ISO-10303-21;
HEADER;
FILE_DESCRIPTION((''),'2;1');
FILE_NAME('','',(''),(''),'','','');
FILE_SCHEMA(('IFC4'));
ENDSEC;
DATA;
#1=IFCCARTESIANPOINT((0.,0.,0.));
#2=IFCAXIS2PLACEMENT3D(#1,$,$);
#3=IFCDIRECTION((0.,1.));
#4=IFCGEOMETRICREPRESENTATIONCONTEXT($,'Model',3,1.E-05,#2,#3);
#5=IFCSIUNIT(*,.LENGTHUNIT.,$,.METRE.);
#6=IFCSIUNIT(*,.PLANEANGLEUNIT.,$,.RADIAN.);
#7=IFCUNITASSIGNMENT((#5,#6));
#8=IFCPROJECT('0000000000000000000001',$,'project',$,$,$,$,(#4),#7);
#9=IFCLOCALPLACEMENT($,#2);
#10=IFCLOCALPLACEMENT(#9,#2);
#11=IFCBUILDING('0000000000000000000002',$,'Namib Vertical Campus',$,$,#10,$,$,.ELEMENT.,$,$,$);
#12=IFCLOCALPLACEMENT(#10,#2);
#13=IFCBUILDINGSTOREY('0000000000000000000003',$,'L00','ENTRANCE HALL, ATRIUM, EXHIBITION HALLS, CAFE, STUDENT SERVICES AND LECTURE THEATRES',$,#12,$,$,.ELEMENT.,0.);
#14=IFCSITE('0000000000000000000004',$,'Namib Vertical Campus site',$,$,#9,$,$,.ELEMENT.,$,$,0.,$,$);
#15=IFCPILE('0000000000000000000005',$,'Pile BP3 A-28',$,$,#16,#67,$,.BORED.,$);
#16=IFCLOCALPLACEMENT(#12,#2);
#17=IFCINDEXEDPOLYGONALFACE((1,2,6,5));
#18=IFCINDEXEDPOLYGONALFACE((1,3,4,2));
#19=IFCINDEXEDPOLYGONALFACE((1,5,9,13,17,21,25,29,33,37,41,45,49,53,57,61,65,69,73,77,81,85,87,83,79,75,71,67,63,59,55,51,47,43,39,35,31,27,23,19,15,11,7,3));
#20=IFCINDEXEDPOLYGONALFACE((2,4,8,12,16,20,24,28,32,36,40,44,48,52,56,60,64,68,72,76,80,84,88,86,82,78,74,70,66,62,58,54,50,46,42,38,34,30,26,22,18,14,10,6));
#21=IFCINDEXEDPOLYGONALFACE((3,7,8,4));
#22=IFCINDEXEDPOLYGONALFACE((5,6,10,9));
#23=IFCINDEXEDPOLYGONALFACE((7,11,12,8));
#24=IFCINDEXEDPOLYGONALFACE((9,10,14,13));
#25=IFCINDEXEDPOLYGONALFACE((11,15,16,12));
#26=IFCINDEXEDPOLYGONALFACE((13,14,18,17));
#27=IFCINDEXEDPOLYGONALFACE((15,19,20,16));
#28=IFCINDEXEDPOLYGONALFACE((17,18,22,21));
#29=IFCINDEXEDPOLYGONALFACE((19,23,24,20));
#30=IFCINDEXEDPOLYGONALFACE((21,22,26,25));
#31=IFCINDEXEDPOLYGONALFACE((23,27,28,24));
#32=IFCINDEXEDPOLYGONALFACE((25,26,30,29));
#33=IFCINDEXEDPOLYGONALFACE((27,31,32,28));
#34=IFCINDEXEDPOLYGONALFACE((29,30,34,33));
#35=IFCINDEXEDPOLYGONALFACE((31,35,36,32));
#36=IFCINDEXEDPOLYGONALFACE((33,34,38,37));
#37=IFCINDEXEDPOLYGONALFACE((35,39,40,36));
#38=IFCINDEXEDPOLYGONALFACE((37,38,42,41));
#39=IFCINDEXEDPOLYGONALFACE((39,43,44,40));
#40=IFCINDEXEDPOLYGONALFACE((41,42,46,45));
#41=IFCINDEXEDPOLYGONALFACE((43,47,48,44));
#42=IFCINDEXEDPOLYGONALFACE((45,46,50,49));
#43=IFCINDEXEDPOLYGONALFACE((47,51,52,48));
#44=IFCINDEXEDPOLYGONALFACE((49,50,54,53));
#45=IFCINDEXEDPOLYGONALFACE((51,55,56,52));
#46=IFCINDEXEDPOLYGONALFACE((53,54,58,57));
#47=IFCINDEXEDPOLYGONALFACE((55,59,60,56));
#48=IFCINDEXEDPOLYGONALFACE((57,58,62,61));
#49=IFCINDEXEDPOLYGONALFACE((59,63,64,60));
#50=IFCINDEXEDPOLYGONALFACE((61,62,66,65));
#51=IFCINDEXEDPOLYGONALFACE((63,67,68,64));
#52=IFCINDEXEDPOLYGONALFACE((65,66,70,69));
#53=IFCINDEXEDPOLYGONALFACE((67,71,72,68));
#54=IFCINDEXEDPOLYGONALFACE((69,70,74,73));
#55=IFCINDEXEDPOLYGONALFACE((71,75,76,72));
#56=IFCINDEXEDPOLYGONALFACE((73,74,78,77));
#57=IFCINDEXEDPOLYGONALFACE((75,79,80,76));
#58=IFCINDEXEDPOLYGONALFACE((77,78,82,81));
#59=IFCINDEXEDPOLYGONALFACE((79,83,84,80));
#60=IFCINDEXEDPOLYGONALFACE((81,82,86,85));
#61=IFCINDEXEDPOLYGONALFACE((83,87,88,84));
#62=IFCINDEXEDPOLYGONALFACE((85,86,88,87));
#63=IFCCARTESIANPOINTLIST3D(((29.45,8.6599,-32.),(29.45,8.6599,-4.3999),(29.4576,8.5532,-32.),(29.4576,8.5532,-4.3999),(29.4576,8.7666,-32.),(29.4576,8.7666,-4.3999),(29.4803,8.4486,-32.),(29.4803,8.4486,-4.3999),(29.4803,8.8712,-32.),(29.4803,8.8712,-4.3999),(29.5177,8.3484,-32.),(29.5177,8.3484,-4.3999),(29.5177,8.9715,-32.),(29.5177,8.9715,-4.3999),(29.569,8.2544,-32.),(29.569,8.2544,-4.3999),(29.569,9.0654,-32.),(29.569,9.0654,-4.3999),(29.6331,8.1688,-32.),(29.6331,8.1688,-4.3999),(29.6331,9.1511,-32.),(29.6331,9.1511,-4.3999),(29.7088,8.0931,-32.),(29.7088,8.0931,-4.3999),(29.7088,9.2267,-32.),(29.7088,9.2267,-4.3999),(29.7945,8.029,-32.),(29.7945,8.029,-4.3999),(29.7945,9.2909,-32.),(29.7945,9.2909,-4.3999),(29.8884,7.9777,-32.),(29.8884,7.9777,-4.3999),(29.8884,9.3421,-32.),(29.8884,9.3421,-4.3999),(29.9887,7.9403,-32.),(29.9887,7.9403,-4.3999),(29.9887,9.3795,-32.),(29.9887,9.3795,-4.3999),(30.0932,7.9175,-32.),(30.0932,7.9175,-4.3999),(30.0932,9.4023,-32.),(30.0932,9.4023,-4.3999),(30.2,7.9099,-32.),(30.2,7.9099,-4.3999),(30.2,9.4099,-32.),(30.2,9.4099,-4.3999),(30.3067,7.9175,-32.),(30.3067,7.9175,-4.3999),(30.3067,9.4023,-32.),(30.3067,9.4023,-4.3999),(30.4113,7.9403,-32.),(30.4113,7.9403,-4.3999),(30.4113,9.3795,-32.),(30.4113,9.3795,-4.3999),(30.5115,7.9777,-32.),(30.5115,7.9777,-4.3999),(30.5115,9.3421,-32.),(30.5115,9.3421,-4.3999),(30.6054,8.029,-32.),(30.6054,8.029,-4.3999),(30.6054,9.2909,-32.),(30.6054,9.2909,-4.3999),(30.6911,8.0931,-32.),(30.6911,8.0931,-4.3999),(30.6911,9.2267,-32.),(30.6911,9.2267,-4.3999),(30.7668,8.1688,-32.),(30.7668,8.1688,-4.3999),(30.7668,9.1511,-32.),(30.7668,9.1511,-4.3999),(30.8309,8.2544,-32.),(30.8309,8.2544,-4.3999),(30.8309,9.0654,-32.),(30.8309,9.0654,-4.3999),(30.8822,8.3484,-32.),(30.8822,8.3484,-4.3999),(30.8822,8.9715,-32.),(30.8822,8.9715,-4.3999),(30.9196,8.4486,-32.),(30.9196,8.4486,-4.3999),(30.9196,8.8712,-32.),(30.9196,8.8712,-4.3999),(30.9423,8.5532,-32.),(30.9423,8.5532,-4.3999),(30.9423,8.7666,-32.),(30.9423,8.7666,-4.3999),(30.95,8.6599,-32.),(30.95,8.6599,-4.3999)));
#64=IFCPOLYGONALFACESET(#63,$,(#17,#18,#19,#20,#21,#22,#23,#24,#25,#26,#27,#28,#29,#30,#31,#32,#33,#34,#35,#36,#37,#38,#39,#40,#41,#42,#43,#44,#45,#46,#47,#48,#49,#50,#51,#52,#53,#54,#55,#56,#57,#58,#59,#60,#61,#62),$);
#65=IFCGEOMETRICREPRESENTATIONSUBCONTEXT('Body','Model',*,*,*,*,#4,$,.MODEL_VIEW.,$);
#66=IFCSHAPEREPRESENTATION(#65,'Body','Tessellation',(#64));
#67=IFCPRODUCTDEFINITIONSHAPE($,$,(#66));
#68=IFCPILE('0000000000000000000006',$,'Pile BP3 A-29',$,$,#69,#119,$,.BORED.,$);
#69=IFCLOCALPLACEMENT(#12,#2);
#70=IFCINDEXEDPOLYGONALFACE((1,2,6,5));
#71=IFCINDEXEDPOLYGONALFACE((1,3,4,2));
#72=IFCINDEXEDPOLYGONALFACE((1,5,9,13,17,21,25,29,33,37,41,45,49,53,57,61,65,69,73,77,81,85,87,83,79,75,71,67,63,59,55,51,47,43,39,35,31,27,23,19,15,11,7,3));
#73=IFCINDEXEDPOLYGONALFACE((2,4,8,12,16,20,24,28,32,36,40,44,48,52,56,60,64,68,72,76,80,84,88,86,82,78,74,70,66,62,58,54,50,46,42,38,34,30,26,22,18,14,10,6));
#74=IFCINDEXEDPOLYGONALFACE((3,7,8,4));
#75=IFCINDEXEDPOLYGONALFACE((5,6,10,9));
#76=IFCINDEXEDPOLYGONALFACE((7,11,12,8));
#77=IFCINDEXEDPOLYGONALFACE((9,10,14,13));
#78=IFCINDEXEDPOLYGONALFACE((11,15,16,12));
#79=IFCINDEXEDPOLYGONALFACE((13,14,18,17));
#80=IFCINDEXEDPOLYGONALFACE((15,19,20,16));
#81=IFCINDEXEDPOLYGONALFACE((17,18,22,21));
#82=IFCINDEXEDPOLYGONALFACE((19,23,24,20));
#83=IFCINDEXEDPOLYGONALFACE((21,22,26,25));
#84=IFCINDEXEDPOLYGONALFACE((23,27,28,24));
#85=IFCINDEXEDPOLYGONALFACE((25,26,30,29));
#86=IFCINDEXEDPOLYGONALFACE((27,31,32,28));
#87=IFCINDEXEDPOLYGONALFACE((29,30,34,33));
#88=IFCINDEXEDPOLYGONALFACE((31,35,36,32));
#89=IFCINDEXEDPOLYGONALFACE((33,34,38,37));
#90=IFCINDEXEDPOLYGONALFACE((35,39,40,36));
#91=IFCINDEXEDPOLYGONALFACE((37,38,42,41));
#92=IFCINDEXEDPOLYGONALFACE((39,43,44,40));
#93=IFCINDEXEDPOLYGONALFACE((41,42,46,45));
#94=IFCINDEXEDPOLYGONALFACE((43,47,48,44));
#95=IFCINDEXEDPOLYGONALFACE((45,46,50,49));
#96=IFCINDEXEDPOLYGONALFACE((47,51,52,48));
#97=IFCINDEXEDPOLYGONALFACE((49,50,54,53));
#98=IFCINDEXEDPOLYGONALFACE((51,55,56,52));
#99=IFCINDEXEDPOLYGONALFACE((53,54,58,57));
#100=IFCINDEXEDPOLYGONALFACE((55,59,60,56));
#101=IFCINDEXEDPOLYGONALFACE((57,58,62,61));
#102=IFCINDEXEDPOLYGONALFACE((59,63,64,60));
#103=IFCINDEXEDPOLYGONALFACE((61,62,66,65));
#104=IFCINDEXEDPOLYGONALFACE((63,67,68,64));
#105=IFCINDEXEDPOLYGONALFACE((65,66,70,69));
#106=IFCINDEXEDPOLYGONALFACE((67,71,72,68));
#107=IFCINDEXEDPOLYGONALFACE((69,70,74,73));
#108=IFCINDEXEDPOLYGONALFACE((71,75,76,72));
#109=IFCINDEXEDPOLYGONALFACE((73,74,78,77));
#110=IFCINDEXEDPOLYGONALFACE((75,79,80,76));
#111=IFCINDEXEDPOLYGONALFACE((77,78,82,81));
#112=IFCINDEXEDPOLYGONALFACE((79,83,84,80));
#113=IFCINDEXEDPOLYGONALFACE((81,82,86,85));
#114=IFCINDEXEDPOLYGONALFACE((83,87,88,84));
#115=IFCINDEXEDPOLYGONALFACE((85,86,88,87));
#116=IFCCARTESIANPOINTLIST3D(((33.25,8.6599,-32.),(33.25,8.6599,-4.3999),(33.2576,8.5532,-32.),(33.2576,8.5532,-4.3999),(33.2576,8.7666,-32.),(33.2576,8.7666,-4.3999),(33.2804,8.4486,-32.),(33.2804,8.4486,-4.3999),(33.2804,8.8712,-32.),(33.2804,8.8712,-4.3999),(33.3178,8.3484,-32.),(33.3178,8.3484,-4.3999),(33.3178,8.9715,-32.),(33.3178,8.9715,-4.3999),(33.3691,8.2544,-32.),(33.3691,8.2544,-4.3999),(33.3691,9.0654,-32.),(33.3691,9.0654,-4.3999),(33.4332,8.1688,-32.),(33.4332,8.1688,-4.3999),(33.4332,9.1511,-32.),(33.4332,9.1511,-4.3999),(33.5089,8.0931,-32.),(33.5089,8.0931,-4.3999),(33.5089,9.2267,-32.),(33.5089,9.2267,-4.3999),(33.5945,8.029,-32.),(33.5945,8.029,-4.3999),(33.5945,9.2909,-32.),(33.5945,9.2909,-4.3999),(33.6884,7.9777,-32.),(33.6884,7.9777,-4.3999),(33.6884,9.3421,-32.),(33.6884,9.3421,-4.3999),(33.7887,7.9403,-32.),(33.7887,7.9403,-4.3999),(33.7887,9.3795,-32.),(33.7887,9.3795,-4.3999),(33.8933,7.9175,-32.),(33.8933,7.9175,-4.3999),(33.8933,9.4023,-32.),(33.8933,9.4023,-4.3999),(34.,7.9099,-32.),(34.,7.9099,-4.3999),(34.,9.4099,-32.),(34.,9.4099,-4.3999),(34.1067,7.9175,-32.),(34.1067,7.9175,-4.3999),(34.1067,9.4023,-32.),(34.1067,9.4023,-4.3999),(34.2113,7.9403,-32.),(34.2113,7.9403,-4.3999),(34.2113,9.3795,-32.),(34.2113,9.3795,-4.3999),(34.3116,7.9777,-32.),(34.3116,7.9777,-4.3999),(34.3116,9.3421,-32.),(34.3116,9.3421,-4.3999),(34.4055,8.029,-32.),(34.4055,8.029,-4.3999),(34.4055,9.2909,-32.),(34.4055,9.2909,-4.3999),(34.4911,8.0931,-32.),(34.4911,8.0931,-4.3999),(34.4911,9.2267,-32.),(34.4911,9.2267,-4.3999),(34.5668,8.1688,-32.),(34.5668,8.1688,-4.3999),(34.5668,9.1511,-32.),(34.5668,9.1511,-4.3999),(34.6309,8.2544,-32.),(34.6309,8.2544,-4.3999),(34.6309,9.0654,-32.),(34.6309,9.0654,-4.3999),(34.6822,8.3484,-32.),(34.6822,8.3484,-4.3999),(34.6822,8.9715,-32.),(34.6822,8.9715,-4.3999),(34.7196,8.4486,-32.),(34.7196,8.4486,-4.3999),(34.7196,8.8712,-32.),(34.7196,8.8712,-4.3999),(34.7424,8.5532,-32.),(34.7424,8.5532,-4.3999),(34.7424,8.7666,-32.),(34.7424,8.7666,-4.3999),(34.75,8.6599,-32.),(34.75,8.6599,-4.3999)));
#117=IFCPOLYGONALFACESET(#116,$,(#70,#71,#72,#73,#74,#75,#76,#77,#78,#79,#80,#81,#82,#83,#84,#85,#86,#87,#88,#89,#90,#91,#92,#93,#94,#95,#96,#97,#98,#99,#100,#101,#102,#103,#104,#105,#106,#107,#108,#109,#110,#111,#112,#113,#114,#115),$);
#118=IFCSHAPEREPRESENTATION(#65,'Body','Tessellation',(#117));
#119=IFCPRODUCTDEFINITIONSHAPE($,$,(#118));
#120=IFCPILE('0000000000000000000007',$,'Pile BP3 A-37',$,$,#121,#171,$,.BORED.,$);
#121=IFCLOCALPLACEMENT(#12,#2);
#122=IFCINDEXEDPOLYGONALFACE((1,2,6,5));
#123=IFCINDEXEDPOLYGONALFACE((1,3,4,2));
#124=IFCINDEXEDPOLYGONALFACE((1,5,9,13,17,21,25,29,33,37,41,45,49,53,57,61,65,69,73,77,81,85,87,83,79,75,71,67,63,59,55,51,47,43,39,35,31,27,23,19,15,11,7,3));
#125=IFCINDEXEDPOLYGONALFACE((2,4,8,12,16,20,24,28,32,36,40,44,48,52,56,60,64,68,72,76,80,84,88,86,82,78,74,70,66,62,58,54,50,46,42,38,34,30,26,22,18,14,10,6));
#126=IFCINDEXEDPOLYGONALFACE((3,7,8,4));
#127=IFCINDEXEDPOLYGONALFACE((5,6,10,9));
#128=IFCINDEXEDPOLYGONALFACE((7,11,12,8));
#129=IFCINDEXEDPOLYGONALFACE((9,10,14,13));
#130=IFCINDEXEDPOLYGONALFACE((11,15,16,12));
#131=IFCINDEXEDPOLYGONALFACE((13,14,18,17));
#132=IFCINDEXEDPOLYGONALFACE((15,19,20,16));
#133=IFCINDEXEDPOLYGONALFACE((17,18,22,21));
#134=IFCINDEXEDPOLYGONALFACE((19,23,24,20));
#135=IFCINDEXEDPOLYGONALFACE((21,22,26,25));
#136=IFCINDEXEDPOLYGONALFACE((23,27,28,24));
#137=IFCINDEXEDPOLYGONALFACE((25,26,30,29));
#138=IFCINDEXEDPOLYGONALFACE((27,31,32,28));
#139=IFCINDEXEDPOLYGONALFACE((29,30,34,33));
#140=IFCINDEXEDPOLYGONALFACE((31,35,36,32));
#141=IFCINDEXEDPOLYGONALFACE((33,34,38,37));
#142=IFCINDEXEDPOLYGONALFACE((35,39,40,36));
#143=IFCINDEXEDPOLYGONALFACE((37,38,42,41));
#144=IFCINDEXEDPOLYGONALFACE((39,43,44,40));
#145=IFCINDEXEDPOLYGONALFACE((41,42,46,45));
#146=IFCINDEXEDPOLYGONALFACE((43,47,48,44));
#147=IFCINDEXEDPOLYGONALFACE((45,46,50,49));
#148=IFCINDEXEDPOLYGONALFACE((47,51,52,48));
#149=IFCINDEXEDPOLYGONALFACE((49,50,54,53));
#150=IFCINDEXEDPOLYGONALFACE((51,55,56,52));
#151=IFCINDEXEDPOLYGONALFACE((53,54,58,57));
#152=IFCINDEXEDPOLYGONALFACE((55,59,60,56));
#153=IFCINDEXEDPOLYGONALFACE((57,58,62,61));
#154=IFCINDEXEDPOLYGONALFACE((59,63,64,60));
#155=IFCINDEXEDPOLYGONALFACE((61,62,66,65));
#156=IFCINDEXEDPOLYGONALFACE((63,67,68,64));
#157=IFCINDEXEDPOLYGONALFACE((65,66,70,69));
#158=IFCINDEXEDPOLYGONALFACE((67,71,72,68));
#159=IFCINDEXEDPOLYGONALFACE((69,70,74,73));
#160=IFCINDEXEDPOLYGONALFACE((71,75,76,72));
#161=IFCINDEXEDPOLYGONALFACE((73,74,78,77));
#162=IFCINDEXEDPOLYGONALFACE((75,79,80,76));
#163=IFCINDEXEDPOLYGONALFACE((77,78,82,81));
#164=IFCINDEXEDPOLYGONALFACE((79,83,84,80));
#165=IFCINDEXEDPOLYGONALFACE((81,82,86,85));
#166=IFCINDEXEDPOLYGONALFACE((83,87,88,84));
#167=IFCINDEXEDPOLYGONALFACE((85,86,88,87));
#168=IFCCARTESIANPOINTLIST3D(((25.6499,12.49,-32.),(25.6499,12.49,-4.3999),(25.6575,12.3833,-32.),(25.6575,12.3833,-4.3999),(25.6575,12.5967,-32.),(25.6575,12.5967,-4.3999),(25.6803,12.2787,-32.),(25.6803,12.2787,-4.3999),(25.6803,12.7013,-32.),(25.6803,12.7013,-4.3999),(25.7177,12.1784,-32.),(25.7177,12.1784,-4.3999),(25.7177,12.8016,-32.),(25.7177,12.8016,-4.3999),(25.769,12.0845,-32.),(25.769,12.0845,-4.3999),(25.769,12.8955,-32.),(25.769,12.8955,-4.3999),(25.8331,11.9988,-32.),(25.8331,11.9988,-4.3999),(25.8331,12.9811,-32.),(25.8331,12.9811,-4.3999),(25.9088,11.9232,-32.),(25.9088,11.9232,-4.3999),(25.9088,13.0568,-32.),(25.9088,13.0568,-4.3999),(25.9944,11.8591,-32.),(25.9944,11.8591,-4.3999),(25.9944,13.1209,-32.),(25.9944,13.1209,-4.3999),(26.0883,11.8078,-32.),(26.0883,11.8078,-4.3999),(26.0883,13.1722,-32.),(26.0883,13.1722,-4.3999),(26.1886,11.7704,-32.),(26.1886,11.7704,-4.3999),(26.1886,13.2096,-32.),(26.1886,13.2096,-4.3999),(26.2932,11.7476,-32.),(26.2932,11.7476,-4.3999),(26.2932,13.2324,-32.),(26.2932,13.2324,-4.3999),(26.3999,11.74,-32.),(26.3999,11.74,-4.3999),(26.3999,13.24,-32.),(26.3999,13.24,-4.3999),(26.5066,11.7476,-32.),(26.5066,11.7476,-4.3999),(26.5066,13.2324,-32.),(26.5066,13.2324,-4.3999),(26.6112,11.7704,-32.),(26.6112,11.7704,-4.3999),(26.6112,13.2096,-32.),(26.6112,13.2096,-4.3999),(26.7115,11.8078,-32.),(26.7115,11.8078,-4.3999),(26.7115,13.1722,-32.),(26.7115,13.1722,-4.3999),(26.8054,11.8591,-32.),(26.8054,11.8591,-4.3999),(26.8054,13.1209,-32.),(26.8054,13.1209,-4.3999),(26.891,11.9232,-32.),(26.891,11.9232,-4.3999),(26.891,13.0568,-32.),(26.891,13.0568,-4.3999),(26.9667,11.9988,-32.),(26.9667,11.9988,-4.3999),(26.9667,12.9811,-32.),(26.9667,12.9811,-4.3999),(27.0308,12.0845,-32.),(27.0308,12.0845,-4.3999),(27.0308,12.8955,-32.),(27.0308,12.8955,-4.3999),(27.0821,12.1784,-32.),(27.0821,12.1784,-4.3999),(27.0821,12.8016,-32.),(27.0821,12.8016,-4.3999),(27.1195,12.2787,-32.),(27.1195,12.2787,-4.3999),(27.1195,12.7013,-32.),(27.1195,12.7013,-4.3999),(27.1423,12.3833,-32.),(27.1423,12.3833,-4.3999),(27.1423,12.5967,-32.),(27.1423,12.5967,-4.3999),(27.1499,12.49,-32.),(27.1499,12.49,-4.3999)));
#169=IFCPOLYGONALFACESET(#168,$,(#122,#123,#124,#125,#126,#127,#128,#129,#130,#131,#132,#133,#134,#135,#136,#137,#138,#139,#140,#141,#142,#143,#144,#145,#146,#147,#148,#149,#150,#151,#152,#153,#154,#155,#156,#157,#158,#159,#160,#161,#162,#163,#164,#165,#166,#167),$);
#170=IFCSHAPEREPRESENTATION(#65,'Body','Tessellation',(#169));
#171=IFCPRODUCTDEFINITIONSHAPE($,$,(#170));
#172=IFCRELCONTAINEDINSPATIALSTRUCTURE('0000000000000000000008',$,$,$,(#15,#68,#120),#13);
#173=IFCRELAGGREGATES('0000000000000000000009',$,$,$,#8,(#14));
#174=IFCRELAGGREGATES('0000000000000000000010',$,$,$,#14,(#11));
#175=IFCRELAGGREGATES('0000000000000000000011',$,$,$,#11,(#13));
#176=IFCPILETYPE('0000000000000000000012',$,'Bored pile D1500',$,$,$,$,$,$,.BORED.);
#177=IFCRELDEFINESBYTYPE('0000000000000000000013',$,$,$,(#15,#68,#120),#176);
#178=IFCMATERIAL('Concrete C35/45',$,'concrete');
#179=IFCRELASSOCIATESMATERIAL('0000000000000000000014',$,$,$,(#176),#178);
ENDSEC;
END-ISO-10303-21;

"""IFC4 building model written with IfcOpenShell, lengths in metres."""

from ifc_helpers import new_model, si_unit, direction, frame, origin, origin_2d, place, context, subcontext, project, spatial, circle, extrude, material, material_profile, profile_set, type_object, element, save


model = new_model("IFC4")

# Units and contexts
model_context = context("Model", 3, precision=1e-05, world=origin(), true_north=direction((0.0, 1.0)))
body_context = subcontext(model_context, "Body", "Model", "MODEL_VIEW")
ifc_project = project(units=[si_unit("LENGTHUNIT", "METRE"), si_unit("PLANEANGLEUNIT", "RADIAN")], contexts=[model_context])

# Site, building, storey
site_placement = place(None, origin())
site = spatial("IfcSite", under=ifc_project, at=site_placement, Name="Namib Vertical Campus site", CompositionType="ELEMENT", RefElevation=0.0)
building_placement = place(site_placement, origin())
building = spatial("IfcBuilding", under=site, at=building_placement, Name="Namib Vertical Campus", CompositionType="ELEMENT")
storey_placement = place(building_placement, origin())
storey = spatial("IfcBuildingStorey", under=building, at=storey_placement, Name="L00", Description="ENTRANCE HALL, ATRIUM, EXHIBITION HALLS, CAFE, STUDENT SERVICES AND LECTURE THEATRES", CompositionType="ELEMENT", Elevation=0.0)

# Piles
ifc_material_1 = material(Name="Concrete C35/45", Category="concrete")
ifc_material_profile_1 = material_profile(ifc_material_1, circle(Radius=0.75, at=origin_2d()))
ifc_profile_set_1 = profile_set([ifc_material_profile_1], Name="Concrete C35/45")
pile_type = type_object("IfcPileType", Name="Bored pile D1500", PredefinedType="BORED", material=ifc_profile_set_1)
for number, where, z_axis, x_axis, name in (
    (1, (30.2, 8.6599, -4.3999), (0.0, 0.0, -1.0), (1.0, 0.0, 0.0), "Pile BP3 A-28"),
    (2, (34.0, 8.6599, -4.3999), (0.0, 0.0, -1.0), (1.0, 0.0, 0.0), "Pile BP3 A-29"),
    (3, (26.3999, 12.49, -4.3999), (0.0, 0.0, -1.0), (1.0, 0.0, 0.0), "Pile BP3 A-37"),
):
    element("IfcPile", number, at=place(storey_placement, frame(where, z_axis=z_axis, x_axis=x_axis)), inside=storey, type_object=pile_type, Name=name, PredefinedType="BORED", context=body_context, shape_type="SweptSolid", body=[
        extrude(circle(Radius=0.75, at=origin_2d()), origin(), (0.0, 0.0, 1.0), 27.6001),
    ])

save(model, "model.ifc")
